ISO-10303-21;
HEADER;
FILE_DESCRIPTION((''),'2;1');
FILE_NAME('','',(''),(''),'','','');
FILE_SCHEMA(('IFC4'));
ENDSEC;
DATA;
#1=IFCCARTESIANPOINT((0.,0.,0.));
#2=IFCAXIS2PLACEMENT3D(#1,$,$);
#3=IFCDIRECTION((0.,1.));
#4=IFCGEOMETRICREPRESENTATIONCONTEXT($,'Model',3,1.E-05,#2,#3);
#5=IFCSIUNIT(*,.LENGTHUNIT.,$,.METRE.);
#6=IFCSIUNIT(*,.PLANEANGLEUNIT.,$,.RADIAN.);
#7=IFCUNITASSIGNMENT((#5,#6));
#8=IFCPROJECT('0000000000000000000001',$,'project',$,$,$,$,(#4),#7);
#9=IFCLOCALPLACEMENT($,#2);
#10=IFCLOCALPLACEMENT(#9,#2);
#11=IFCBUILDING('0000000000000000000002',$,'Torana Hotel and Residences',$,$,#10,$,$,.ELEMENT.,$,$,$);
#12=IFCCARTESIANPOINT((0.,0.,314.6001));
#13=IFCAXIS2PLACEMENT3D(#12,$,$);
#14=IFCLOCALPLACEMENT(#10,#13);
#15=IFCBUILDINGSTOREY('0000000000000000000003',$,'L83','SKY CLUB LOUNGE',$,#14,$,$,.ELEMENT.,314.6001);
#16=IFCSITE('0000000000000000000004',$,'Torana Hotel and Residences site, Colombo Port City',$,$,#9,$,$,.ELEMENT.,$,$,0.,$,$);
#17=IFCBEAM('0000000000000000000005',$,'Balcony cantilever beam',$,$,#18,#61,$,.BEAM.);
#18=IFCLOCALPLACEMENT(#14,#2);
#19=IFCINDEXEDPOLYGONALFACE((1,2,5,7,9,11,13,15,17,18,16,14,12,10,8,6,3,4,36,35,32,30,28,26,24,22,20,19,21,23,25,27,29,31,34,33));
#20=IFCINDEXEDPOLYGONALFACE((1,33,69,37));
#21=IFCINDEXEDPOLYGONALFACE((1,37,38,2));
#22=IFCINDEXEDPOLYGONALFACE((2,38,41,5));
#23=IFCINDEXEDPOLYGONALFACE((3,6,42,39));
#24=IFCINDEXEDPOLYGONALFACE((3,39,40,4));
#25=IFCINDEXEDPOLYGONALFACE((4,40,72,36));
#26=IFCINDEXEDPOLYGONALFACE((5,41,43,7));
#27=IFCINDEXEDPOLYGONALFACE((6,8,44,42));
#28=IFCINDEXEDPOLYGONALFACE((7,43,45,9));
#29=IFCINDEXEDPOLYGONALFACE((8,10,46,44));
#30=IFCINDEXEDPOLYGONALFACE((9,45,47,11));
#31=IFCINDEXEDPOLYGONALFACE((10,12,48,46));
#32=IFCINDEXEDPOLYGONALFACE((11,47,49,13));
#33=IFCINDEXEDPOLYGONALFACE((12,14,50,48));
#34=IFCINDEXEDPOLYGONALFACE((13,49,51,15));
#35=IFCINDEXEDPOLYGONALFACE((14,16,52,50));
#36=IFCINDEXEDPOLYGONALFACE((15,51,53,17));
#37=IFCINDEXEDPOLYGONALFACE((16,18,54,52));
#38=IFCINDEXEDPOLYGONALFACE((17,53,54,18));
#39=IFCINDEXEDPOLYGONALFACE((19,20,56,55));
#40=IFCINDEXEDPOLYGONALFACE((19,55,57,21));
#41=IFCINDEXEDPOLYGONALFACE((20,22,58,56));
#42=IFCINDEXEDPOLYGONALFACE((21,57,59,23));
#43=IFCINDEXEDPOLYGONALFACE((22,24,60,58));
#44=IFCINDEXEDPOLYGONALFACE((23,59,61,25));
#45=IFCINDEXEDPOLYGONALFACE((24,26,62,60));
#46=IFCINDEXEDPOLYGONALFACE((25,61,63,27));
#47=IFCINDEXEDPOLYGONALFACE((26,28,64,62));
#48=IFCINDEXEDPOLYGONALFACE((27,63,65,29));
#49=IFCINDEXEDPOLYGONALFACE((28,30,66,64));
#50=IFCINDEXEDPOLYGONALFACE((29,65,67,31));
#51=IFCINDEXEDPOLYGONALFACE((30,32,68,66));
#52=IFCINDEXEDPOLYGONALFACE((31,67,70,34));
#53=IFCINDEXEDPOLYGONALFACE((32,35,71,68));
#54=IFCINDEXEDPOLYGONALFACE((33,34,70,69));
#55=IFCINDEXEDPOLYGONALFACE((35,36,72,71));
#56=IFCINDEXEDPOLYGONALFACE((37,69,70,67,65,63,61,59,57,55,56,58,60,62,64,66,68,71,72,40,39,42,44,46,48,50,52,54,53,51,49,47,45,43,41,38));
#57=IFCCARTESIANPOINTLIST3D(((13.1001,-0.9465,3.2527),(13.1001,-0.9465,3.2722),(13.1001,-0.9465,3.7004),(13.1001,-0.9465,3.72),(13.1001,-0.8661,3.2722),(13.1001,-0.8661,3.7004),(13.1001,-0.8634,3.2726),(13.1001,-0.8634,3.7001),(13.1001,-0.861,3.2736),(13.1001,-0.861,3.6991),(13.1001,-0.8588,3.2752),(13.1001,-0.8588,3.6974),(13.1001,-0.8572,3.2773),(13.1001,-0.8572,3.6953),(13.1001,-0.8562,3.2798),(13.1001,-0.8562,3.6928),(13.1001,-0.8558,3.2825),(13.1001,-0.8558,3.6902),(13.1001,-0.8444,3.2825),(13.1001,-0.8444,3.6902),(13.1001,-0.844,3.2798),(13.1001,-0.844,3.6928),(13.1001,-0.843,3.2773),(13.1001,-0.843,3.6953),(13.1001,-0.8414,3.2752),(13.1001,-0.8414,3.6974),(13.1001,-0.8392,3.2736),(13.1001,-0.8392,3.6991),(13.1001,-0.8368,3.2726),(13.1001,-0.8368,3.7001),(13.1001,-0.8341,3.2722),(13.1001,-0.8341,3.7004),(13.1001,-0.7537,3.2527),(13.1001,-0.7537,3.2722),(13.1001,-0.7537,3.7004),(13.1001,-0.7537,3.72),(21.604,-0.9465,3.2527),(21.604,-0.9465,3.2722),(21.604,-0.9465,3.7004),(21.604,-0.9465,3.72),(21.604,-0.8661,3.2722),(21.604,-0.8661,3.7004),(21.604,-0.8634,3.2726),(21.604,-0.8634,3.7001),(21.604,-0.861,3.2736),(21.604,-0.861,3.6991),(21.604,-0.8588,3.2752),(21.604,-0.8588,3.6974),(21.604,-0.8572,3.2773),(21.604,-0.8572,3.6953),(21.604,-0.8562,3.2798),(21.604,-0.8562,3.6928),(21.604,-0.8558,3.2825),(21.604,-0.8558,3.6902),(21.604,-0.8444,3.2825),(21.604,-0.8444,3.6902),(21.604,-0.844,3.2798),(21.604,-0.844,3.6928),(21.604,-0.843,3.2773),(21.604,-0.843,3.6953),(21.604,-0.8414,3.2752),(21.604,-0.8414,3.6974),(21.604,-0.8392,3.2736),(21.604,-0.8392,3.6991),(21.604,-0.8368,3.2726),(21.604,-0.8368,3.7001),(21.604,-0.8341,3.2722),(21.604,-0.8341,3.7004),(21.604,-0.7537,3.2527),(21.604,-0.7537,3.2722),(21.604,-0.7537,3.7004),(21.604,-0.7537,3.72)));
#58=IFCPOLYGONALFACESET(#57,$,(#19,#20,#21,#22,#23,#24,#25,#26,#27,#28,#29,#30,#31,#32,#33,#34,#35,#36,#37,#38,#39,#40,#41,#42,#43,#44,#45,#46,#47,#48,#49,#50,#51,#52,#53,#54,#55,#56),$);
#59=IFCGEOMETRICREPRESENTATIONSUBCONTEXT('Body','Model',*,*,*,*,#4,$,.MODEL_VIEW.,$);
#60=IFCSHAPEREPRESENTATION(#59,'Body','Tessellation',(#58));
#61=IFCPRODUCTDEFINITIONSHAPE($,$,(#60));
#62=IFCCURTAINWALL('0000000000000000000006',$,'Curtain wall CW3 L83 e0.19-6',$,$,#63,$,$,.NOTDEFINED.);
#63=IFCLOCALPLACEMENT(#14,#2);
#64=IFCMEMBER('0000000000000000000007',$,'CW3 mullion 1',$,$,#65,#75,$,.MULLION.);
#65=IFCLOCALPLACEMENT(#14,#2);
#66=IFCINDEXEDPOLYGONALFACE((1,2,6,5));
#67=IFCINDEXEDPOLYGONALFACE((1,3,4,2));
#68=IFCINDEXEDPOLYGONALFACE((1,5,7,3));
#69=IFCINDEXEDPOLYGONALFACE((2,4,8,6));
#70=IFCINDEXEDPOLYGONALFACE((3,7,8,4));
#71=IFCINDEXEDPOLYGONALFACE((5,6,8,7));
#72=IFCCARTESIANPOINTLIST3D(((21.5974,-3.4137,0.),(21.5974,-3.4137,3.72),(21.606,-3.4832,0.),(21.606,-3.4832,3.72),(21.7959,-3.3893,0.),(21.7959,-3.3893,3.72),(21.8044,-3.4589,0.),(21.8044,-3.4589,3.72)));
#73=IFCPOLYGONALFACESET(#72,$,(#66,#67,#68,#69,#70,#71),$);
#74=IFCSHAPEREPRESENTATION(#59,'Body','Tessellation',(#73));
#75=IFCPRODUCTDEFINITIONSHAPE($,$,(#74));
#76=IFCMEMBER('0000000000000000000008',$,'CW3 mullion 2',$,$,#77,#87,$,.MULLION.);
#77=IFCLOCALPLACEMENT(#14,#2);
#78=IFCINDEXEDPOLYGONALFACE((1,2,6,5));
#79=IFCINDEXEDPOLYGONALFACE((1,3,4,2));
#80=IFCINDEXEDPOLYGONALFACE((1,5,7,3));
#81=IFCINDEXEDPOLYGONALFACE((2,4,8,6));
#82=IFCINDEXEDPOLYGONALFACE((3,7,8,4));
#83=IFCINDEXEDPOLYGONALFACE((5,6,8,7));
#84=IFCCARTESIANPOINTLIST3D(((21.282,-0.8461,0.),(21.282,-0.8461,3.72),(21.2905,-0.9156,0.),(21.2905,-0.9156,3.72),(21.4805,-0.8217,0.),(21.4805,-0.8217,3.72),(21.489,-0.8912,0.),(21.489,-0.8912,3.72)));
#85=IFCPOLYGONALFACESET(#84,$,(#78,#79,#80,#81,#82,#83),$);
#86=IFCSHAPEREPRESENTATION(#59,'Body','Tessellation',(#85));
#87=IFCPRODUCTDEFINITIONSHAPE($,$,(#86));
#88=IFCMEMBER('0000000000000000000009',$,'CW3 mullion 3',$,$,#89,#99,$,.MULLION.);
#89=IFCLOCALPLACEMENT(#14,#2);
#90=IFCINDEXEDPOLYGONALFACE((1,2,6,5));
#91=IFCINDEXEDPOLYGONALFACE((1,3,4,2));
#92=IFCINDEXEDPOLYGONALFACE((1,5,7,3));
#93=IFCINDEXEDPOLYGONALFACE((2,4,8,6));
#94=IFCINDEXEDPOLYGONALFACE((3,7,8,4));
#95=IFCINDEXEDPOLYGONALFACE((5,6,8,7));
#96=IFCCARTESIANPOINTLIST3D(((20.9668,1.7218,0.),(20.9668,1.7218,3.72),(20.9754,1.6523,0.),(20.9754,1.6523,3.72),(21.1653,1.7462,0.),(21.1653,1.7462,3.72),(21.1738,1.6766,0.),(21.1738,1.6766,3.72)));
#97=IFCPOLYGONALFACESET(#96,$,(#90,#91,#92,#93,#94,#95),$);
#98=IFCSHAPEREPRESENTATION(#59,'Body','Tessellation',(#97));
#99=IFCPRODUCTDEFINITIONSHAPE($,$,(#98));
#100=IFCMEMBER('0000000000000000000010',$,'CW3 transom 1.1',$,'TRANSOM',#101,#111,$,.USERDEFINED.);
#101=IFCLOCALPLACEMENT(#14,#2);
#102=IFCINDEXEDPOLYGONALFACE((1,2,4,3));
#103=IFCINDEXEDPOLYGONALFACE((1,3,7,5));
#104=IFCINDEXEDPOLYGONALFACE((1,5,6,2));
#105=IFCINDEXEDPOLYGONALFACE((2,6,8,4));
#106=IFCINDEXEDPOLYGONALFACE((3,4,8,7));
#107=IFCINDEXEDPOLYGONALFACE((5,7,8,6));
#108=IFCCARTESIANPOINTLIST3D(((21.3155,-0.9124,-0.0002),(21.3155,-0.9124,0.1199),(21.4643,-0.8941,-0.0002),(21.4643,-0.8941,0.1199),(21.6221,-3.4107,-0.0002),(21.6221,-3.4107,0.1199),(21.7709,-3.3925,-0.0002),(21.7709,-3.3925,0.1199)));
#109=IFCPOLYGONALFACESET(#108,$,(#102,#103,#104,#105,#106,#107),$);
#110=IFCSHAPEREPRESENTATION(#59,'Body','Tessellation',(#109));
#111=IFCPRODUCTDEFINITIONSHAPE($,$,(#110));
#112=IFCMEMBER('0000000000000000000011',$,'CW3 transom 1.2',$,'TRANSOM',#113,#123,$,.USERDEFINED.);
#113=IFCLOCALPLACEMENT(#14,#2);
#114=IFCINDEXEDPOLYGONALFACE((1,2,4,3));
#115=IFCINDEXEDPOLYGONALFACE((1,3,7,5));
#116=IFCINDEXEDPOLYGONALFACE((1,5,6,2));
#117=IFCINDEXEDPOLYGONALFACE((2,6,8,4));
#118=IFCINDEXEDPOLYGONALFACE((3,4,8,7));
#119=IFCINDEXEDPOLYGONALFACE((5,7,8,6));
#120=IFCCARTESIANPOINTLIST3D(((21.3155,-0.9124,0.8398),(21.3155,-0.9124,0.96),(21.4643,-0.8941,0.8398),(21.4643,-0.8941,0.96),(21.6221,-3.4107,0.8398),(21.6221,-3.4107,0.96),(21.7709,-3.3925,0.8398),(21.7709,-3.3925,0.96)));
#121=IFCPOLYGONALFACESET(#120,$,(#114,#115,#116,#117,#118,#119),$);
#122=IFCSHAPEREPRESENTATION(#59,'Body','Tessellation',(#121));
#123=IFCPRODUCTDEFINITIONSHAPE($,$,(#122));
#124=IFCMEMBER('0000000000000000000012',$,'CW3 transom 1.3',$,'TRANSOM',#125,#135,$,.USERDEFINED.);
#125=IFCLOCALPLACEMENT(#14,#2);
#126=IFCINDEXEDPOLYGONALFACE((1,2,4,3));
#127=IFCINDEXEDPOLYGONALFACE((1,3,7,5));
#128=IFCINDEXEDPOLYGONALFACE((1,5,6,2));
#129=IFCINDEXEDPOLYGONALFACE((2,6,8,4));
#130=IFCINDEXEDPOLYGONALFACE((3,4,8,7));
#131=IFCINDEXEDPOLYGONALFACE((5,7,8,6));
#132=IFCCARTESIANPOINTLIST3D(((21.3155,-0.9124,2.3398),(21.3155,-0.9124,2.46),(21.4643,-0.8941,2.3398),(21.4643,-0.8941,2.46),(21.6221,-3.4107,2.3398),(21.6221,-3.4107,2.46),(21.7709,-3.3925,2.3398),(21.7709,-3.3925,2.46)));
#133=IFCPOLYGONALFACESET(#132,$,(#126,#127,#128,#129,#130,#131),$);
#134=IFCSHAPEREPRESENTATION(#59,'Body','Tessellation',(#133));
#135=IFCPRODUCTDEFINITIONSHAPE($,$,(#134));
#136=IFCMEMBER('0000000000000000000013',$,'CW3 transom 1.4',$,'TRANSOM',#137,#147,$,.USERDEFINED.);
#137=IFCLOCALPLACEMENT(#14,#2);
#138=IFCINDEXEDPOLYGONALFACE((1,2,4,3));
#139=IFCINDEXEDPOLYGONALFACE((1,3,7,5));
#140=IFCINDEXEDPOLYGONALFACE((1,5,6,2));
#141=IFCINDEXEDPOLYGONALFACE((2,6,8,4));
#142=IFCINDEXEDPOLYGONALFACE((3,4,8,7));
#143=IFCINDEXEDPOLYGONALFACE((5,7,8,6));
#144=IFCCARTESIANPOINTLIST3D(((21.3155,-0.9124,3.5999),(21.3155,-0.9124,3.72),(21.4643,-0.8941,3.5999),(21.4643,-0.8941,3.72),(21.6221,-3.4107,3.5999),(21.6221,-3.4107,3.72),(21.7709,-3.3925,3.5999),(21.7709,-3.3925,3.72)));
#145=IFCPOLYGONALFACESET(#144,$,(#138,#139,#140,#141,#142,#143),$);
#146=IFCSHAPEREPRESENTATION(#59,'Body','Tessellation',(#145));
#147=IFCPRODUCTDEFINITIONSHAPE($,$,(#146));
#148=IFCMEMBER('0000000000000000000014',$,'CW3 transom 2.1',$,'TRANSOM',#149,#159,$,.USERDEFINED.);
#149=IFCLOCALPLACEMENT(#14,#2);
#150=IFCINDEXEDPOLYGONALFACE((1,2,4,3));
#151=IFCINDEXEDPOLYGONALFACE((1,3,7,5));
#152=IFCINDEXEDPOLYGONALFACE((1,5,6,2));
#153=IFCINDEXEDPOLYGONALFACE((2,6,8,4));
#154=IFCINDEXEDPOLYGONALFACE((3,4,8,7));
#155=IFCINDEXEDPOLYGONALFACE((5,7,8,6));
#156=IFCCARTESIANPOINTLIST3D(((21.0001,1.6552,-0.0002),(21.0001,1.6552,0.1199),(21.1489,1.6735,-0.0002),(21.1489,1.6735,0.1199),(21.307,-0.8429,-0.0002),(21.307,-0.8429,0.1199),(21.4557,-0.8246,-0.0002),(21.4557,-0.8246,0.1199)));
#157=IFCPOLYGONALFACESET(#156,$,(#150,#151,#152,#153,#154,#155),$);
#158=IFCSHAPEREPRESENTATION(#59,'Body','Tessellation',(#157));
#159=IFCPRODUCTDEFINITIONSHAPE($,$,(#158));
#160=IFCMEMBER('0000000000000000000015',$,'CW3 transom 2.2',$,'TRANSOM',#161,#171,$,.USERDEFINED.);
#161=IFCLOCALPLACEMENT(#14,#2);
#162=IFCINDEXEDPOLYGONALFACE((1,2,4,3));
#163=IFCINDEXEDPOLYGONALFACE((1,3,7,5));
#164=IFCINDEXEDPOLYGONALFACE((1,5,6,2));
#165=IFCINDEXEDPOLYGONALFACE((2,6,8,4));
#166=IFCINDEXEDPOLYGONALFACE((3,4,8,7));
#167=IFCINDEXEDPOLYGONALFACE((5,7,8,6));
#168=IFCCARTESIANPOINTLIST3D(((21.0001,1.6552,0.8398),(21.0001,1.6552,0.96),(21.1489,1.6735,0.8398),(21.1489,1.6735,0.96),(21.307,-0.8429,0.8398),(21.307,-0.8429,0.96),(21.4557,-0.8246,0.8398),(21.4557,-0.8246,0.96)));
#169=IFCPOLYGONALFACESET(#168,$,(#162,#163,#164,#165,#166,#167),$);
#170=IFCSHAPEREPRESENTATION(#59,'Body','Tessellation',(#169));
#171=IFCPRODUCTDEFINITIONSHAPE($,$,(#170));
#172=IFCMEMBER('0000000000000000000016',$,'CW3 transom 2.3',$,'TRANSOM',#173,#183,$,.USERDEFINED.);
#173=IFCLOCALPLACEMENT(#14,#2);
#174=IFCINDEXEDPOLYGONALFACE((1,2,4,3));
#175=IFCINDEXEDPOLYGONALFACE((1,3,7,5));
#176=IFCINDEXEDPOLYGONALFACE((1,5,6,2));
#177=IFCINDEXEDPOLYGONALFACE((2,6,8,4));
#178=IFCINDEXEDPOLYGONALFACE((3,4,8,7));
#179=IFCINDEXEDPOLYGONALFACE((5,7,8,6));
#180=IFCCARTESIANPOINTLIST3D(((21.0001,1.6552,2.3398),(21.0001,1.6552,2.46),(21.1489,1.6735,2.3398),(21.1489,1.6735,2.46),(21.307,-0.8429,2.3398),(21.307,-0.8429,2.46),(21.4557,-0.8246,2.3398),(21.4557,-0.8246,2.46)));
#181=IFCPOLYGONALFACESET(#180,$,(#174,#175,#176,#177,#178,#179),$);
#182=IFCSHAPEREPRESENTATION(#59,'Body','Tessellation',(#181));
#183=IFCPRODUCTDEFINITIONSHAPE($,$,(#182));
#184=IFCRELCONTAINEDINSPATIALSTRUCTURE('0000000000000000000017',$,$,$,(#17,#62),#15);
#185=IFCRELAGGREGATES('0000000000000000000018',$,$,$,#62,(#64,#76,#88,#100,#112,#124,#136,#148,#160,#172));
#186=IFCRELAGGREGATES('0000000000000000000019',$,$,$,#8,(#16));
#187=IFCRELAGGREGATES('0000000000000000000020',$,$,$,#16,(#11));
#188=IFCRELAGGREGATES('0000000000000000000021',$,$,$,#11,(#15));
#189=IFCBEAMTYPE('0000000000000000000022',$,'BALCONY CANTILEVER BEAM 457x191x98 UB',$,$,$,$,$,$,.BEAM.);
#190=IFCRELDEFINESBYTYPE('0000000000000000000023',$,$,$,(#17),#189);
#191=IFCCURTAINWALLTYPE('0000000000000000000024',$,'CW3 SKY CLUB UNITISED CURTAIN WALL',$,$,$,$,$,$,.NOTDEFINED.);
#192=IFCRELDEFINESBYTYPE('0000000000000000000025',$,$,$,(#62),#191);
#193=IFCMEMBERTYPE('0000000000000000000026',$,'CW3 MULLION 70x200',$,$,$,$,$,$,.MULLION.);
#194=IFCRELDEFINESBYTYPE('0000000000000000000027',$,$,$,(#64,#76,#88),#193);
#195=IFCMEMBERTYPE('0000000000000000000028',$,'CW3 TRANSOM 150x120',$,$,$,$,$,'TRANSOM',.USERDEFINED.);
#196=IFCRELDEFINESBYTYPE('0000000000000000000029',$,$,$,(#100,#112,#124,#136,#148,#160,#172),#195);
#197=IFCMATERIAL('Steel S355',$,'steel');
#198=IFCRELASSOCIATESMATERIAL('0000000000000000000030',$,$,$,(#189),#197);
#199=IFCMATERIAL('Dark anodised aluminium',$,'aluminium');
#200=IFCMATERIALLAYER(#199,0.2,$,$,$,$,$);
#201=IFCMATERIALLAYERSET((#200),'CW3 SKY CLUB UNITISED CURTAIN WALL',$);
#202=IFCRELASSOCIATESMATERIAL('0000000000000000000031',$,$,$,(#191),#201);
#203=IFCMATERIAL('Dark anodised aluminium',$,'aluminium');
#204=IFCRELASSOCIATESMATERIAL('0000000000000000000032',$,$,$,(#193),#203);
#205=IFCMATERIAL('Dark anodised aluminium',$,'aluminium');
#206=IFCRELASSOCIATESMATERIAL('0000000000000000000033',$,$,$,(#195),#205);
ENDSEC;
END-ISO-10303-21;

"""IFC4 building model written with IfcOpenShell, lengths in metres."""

from ifc_helpers import new_model, si_unit, direction, frame, origin, origin_2d, place, context, subcontext, project, spatial, rectangle, i_section, extrude, material, layer, layer_set, material_profile, profile_set, type_object, element, aggregate, save


model = new_model("IFC4")

# Units and contexts
model_context = context("Model", 3, precision=1e-05, world=origin(), true_north=direction((0.0, 1.0)))
body_context = subcontext(model_context, "Body", "Model", "MODEL_VIEW")
ifc_project = project(units=[si_unit("LENGTHUNIT", "METRE"), si_unit("PLANEANGLEUNIT", "RADIAN")], contexts=[model_context])

# Site, building, storey
site_placement = place(None, origin())
site = spatial("IfcSite", under=ifc_project, at=site_placement, Name="Torana Hotel and Residences site, Colombo Port City", CompositionType="ELEMENT", RefElevation=0.0)
building_placement = place(site_placement, origin())
building = spatial("IfcBuilding", under=site, at=building_placement, Name="Torana Hotel and Residences", CompositionType="ELEMENT")
storey_placement = place(building_placement, frame((0.0, 0.0, 314.6001)))
storey = spatial("IfcBuildingStorey", under=building, at=storey_placement, Name="L83", Description="SKY CLUB LOUNGE", CompositionType="ELEMENT", Elevation=314.6001)

# Beam
ifc_material_1 = material(Name="Steel S355", Category="steel")
ifc_material_profile_1 = material_profile(ifc_material_1, i_section(OverallWidth=0.1929, OverallDepth=0.4673, WebThickness=0.0115, FlangeThickness=0.0195, FilletRadius=0.0103, at=origin_2d()), Name="457x191x98 UB")
ifc_profile_set_1 = profile_set([ifc_material_profile_1], Name="Steel S355")
beam_type = type_object("IfcBeamType", Name="BALCONY CANTILEVER BEAM 457x191x98 UB", PredefinedType="BEAM", material=ifc_profile_set_1)
beam_placement = place(storey_placement, frame((21.604, -0.8501, 3.4863), z_axis=(-1.0, 0.0, 0.0), x_axis=(0.0, -1.0, 0.0)))
element("IfcBeam", 1, at=beam_placement, inside=storey, type_object=beam_type, Name="Balcony cantilever beam", PredefinedType="BEAM", context=body_context, shape_type="SweptSolid", body=[
    extrude(i_section(OverallWidth=0.1929, OverallDepth=0.4673, WebThickness=0.0115, FlangeThickness=0.0195, FilletRadius=0.0103, at=origin_2d()), origin(), (0.0, 0.0, 1.0), 8.5039),
])

# Curtain wall, members
ifc_material_2 = material(Name="Dark anodised aluminium", Category="aluminium")
ifc_layer_1 = layer(ifc_material_2, 0.2)
ifc_layer_set_1 = layer_set([ifc_layer_1], Name="CW3 SKY CLUB UNITISED CURTAIN WALL")
curtain_wall_type = type_object("IfcCurtainWallType", Name="CW3 SKY CLUB UNITISED CURTAIN WALL", PredefinedType="NOTDEFINED", material=ifc_layer_set_1)
curtain_wall_placement = place(storey_placement, origin())
curtain_wall = element("IfcCurtainWall", 2, at=curtain_wall_placement, inside=storey, type_object=curtain_wall_type, Name="Curtain wall CW3 L83 e0.19-6", PredefinedType="NOTDEFINED")
ifc_material_3 = material(Name="Dark anodised aluminium", Category="aluminium")
ifc_material_profile_2 = material_profile(ifc_material_3, rectangle(XDim=0.2, YDim=0.0701, at=origin_2d()), Name="CW3 MULLION 70x200")
ifc_profile_set_2 = profile_set([ifc_material_profile_2], Name="Dark anodised aluminium")
member_type_1 = type_object("IfcMemberType", Name="CW3 MULLION 70x200", PredefinedType="MULLION", material=ifc_profile_set_2)
member_1_placement = place(storey_placement, frame((21.7009, -3.4363, 0.0), z_axis=(0.0, 0.0, 1.0), x_axis=(-0.992546, -0.121871, 0.0)))
member_1 = element("IfcMember", 3, at=member_1_placement, type_object=member_type_1, Name="CW3 mullion 1", PredefinedType="MULLION", context=body_context, shape_type="SweptSolid", body=[
    extrude(rectangle(XDim=0.2, YDim=0.0701, at=origin_2d()), origin(), (0.0, 0.0, 1.0), 3.72),
])
member_2_placement = place(storey_placement, frame((21.3855, -0.8687, 0.0), z_axis=(0.0, 0.0, 1.0), x_axis=(-0.992546, -0.121871, 0.0)))
member_2 = element("IfcMember", 4, at=member_2_placement, type_object=member_type_1, Name="CW3 mullion 2", PredefinedType="MULLION", context=body_context, shape_type="SweptSolid", body=[
    extrude(rectangle(XDim=0.2, YDim=0.0701, at=origin_2d()), origin(), (0.0, 0.0, 1.0), 3.72),
])
member_3_placement = place(storey_placement, frame((21.0703, 1.6992, 0.0), z_axis=(0.0, 0.0, 1.0), x_axis=(-0.992546, -0.121871, 0.0)))
member_3 = element("IfcMember", 5, at=member_3_placement, type_object=member_type_1, Name="CW3 mullion 3", PredefinedType="MULLION", context=body_context, shape_type="SweptSolid", body=[
    extrude(rectangle(XDim=0.2, YDim=0.0701, at=origin_2d()), origin(), (0.0, 0.0, 1.0), 3.72),
])
ifc_material_4 = material(Name="Dark anodised aluminium", Category="aluminium")
ifc_material_profile_3 = material_profile(ifc_material_4, rectangle(XDim=0.1499, YDim=0.1201, at=origin_2d()), Name="CW3 TRANSOM 150x120")
ifc_profile_set_3 = profile_set([ifc_material_profile_3], Name="Dark anodised aluminium")
member_type_2 = type_object("IfcMemberType", Name="CW3 TRANSOM 150x120", ElementType="TRANSOM", PredefinedType="USERDEFINED", material=ifc_profile_set_3)
member_4_placement = place(storey_placement, frame((21.6965, -3.4016, 0.0598), z_axis=(-0.121826, 0.992551, 0.0), x_axis=(-0.992551, -0.121826, 0.0)))
member_4 = element("IfcMember", 6, at=member_4_placement, type_object=member_type_2, Name="CW3 transom 1.1", ObjectType="TRANSOM", PredefinedType="USERDEFINED", context=body_context, shape_type="SweptSolid", body=[
    extrude(rectangle(XDim=0.1499, YDim=0.1201, at=origin_2d()), origin(), (0.0, 0.0, 1.0), 2.5171),
])
member_5_placement = place(storey_placement, frame((21.6965, -3.4016, 0.8999), z_axis=(-0.121826, 0.992551, 0.0), x_axis=(-0.992551, -0.121826, 0.0)))
member_5 = element("IfcMember", 7, at=member_5_placement, type_object=member_type_2, Name="CW3 transom 1.2", ObjectType="TRANSOM", PredefinedType="USERDEFINED", context=body_context, shape_type="SweptSolid", body=[
    extrude(rectangle(XDim=0.1499, YDim=0.1201, at=origin_2d()), origin(), (0.0, 0.0, 1.0), 2.5171),
])
member_6_placement = place(storey_placement, frame((21.6965, -3.4016, 2.3999), z_axis=(-0.121826, 0.992551, 0.0), x_axis=(-0.992551, -0.121826, 0.0)))
member_6 = element("IfcMember", 8, at=member_6_placement, type_object=member_type_2, Name="CW3 transom 1.3", ObjectType="TRANSOM", PredefinedType="USERDEFINED", context=body_context, shape_type="SweptSolid", body=[
    extrude(rectangle(XDim=0.1499, YDim=0.1201, at=origin_2d()), origin(), (0.0, 0.0, 1.0), 2.5171),
])
member_7_placement = place(storey_placement, frame((21.6965, -3.4016, 3.6599), z_axis=(-0.121826, 0.992551, 0.0), x_axis=(-0.992551, -0.121826, 0.0)))
member_7 = element("IfcMember", 9, at=member_7_placement, type_object=member_type_2, Name="CW3 transom 1.4", ObjectType="TRANSOM", PredefinedType="USERDEFINED", context=body_context, shape_type="SweptSolid", body=[
    extrude(rectangle(XDim=0.1499, YDim=0.1201, at=origin_2d()), origin(), (0.0, 0.0, 1.0), 2.5171),
])
member_8_placement = place(storey_placement, frame((21.3813, -0.8337, 0.0598), z_axis=(-0.121933, 0.992538, 0.0), x_axis=(-0.992538, -0.121933, 0.0)))
member_8 = element("IfcMember", 10, at=member_8_placement, type_object=member_type_2, Name="CW3 transom 2.1", ObjectType="TRANSOM", PredefinedType="USERDEFINED", context=body_context, shape_type="SweptSolid", body=[
    extrude(rectangle(XDim=0.1499, YDim=0.1201, at=origin_2d()), origin(), (0.0, 0.0, 1.0), 2.5168),
])
member_9_placement = place(storey_placement, frame((21.3813, -0.8337, 0.8999), z_axis=(-0.121933, 0.992538, 0.0), x_axis=(-0.992538, -0.121933, 0.0)))
member_9 = element("IfcMember", 11, at=member_9_placement, type_object=member_type_2, Name="CW3 transom 2.2", ObjectType="TRANSOM", PredefinedType="USERDEFINED", context=body_context, shape_type="SweptSolid", body=[
    extrude(rectangle(XDim=0.1499, YDim=0.1201, at=origin_2d()), origin(), (0.0, 0.0, 1.0), 2.5168),
])
member_10_placement = place(storey_placement, frame((21.3813, -0.8337, 2.3999), z_axis=(-0.121933, 0.992538, 0.0), x_axis=(-0.992538, -0.121933, 0.0)))
member_10 = element("IfcMember", 12, at=member_10_placement, type_object=member_type_2, Name="CW3 transom 2.3", ObjectType="TRANSOM", PredefinedType="USERDEFINED", context=body_context, shape_type="SweptSolid", body=[
    extrude(rectangle(XDim=0.1499, YDim=0.1201, at=origin_2d()), origin(), (0.0, 0.0, 1.0), 2.5168),
])
aggregate(curtain_wall, [member_1, member_2, member_3, member_4, member_5, member_6, member_7, member_8, member_9, member_10])

save(model, "model.ifc")
